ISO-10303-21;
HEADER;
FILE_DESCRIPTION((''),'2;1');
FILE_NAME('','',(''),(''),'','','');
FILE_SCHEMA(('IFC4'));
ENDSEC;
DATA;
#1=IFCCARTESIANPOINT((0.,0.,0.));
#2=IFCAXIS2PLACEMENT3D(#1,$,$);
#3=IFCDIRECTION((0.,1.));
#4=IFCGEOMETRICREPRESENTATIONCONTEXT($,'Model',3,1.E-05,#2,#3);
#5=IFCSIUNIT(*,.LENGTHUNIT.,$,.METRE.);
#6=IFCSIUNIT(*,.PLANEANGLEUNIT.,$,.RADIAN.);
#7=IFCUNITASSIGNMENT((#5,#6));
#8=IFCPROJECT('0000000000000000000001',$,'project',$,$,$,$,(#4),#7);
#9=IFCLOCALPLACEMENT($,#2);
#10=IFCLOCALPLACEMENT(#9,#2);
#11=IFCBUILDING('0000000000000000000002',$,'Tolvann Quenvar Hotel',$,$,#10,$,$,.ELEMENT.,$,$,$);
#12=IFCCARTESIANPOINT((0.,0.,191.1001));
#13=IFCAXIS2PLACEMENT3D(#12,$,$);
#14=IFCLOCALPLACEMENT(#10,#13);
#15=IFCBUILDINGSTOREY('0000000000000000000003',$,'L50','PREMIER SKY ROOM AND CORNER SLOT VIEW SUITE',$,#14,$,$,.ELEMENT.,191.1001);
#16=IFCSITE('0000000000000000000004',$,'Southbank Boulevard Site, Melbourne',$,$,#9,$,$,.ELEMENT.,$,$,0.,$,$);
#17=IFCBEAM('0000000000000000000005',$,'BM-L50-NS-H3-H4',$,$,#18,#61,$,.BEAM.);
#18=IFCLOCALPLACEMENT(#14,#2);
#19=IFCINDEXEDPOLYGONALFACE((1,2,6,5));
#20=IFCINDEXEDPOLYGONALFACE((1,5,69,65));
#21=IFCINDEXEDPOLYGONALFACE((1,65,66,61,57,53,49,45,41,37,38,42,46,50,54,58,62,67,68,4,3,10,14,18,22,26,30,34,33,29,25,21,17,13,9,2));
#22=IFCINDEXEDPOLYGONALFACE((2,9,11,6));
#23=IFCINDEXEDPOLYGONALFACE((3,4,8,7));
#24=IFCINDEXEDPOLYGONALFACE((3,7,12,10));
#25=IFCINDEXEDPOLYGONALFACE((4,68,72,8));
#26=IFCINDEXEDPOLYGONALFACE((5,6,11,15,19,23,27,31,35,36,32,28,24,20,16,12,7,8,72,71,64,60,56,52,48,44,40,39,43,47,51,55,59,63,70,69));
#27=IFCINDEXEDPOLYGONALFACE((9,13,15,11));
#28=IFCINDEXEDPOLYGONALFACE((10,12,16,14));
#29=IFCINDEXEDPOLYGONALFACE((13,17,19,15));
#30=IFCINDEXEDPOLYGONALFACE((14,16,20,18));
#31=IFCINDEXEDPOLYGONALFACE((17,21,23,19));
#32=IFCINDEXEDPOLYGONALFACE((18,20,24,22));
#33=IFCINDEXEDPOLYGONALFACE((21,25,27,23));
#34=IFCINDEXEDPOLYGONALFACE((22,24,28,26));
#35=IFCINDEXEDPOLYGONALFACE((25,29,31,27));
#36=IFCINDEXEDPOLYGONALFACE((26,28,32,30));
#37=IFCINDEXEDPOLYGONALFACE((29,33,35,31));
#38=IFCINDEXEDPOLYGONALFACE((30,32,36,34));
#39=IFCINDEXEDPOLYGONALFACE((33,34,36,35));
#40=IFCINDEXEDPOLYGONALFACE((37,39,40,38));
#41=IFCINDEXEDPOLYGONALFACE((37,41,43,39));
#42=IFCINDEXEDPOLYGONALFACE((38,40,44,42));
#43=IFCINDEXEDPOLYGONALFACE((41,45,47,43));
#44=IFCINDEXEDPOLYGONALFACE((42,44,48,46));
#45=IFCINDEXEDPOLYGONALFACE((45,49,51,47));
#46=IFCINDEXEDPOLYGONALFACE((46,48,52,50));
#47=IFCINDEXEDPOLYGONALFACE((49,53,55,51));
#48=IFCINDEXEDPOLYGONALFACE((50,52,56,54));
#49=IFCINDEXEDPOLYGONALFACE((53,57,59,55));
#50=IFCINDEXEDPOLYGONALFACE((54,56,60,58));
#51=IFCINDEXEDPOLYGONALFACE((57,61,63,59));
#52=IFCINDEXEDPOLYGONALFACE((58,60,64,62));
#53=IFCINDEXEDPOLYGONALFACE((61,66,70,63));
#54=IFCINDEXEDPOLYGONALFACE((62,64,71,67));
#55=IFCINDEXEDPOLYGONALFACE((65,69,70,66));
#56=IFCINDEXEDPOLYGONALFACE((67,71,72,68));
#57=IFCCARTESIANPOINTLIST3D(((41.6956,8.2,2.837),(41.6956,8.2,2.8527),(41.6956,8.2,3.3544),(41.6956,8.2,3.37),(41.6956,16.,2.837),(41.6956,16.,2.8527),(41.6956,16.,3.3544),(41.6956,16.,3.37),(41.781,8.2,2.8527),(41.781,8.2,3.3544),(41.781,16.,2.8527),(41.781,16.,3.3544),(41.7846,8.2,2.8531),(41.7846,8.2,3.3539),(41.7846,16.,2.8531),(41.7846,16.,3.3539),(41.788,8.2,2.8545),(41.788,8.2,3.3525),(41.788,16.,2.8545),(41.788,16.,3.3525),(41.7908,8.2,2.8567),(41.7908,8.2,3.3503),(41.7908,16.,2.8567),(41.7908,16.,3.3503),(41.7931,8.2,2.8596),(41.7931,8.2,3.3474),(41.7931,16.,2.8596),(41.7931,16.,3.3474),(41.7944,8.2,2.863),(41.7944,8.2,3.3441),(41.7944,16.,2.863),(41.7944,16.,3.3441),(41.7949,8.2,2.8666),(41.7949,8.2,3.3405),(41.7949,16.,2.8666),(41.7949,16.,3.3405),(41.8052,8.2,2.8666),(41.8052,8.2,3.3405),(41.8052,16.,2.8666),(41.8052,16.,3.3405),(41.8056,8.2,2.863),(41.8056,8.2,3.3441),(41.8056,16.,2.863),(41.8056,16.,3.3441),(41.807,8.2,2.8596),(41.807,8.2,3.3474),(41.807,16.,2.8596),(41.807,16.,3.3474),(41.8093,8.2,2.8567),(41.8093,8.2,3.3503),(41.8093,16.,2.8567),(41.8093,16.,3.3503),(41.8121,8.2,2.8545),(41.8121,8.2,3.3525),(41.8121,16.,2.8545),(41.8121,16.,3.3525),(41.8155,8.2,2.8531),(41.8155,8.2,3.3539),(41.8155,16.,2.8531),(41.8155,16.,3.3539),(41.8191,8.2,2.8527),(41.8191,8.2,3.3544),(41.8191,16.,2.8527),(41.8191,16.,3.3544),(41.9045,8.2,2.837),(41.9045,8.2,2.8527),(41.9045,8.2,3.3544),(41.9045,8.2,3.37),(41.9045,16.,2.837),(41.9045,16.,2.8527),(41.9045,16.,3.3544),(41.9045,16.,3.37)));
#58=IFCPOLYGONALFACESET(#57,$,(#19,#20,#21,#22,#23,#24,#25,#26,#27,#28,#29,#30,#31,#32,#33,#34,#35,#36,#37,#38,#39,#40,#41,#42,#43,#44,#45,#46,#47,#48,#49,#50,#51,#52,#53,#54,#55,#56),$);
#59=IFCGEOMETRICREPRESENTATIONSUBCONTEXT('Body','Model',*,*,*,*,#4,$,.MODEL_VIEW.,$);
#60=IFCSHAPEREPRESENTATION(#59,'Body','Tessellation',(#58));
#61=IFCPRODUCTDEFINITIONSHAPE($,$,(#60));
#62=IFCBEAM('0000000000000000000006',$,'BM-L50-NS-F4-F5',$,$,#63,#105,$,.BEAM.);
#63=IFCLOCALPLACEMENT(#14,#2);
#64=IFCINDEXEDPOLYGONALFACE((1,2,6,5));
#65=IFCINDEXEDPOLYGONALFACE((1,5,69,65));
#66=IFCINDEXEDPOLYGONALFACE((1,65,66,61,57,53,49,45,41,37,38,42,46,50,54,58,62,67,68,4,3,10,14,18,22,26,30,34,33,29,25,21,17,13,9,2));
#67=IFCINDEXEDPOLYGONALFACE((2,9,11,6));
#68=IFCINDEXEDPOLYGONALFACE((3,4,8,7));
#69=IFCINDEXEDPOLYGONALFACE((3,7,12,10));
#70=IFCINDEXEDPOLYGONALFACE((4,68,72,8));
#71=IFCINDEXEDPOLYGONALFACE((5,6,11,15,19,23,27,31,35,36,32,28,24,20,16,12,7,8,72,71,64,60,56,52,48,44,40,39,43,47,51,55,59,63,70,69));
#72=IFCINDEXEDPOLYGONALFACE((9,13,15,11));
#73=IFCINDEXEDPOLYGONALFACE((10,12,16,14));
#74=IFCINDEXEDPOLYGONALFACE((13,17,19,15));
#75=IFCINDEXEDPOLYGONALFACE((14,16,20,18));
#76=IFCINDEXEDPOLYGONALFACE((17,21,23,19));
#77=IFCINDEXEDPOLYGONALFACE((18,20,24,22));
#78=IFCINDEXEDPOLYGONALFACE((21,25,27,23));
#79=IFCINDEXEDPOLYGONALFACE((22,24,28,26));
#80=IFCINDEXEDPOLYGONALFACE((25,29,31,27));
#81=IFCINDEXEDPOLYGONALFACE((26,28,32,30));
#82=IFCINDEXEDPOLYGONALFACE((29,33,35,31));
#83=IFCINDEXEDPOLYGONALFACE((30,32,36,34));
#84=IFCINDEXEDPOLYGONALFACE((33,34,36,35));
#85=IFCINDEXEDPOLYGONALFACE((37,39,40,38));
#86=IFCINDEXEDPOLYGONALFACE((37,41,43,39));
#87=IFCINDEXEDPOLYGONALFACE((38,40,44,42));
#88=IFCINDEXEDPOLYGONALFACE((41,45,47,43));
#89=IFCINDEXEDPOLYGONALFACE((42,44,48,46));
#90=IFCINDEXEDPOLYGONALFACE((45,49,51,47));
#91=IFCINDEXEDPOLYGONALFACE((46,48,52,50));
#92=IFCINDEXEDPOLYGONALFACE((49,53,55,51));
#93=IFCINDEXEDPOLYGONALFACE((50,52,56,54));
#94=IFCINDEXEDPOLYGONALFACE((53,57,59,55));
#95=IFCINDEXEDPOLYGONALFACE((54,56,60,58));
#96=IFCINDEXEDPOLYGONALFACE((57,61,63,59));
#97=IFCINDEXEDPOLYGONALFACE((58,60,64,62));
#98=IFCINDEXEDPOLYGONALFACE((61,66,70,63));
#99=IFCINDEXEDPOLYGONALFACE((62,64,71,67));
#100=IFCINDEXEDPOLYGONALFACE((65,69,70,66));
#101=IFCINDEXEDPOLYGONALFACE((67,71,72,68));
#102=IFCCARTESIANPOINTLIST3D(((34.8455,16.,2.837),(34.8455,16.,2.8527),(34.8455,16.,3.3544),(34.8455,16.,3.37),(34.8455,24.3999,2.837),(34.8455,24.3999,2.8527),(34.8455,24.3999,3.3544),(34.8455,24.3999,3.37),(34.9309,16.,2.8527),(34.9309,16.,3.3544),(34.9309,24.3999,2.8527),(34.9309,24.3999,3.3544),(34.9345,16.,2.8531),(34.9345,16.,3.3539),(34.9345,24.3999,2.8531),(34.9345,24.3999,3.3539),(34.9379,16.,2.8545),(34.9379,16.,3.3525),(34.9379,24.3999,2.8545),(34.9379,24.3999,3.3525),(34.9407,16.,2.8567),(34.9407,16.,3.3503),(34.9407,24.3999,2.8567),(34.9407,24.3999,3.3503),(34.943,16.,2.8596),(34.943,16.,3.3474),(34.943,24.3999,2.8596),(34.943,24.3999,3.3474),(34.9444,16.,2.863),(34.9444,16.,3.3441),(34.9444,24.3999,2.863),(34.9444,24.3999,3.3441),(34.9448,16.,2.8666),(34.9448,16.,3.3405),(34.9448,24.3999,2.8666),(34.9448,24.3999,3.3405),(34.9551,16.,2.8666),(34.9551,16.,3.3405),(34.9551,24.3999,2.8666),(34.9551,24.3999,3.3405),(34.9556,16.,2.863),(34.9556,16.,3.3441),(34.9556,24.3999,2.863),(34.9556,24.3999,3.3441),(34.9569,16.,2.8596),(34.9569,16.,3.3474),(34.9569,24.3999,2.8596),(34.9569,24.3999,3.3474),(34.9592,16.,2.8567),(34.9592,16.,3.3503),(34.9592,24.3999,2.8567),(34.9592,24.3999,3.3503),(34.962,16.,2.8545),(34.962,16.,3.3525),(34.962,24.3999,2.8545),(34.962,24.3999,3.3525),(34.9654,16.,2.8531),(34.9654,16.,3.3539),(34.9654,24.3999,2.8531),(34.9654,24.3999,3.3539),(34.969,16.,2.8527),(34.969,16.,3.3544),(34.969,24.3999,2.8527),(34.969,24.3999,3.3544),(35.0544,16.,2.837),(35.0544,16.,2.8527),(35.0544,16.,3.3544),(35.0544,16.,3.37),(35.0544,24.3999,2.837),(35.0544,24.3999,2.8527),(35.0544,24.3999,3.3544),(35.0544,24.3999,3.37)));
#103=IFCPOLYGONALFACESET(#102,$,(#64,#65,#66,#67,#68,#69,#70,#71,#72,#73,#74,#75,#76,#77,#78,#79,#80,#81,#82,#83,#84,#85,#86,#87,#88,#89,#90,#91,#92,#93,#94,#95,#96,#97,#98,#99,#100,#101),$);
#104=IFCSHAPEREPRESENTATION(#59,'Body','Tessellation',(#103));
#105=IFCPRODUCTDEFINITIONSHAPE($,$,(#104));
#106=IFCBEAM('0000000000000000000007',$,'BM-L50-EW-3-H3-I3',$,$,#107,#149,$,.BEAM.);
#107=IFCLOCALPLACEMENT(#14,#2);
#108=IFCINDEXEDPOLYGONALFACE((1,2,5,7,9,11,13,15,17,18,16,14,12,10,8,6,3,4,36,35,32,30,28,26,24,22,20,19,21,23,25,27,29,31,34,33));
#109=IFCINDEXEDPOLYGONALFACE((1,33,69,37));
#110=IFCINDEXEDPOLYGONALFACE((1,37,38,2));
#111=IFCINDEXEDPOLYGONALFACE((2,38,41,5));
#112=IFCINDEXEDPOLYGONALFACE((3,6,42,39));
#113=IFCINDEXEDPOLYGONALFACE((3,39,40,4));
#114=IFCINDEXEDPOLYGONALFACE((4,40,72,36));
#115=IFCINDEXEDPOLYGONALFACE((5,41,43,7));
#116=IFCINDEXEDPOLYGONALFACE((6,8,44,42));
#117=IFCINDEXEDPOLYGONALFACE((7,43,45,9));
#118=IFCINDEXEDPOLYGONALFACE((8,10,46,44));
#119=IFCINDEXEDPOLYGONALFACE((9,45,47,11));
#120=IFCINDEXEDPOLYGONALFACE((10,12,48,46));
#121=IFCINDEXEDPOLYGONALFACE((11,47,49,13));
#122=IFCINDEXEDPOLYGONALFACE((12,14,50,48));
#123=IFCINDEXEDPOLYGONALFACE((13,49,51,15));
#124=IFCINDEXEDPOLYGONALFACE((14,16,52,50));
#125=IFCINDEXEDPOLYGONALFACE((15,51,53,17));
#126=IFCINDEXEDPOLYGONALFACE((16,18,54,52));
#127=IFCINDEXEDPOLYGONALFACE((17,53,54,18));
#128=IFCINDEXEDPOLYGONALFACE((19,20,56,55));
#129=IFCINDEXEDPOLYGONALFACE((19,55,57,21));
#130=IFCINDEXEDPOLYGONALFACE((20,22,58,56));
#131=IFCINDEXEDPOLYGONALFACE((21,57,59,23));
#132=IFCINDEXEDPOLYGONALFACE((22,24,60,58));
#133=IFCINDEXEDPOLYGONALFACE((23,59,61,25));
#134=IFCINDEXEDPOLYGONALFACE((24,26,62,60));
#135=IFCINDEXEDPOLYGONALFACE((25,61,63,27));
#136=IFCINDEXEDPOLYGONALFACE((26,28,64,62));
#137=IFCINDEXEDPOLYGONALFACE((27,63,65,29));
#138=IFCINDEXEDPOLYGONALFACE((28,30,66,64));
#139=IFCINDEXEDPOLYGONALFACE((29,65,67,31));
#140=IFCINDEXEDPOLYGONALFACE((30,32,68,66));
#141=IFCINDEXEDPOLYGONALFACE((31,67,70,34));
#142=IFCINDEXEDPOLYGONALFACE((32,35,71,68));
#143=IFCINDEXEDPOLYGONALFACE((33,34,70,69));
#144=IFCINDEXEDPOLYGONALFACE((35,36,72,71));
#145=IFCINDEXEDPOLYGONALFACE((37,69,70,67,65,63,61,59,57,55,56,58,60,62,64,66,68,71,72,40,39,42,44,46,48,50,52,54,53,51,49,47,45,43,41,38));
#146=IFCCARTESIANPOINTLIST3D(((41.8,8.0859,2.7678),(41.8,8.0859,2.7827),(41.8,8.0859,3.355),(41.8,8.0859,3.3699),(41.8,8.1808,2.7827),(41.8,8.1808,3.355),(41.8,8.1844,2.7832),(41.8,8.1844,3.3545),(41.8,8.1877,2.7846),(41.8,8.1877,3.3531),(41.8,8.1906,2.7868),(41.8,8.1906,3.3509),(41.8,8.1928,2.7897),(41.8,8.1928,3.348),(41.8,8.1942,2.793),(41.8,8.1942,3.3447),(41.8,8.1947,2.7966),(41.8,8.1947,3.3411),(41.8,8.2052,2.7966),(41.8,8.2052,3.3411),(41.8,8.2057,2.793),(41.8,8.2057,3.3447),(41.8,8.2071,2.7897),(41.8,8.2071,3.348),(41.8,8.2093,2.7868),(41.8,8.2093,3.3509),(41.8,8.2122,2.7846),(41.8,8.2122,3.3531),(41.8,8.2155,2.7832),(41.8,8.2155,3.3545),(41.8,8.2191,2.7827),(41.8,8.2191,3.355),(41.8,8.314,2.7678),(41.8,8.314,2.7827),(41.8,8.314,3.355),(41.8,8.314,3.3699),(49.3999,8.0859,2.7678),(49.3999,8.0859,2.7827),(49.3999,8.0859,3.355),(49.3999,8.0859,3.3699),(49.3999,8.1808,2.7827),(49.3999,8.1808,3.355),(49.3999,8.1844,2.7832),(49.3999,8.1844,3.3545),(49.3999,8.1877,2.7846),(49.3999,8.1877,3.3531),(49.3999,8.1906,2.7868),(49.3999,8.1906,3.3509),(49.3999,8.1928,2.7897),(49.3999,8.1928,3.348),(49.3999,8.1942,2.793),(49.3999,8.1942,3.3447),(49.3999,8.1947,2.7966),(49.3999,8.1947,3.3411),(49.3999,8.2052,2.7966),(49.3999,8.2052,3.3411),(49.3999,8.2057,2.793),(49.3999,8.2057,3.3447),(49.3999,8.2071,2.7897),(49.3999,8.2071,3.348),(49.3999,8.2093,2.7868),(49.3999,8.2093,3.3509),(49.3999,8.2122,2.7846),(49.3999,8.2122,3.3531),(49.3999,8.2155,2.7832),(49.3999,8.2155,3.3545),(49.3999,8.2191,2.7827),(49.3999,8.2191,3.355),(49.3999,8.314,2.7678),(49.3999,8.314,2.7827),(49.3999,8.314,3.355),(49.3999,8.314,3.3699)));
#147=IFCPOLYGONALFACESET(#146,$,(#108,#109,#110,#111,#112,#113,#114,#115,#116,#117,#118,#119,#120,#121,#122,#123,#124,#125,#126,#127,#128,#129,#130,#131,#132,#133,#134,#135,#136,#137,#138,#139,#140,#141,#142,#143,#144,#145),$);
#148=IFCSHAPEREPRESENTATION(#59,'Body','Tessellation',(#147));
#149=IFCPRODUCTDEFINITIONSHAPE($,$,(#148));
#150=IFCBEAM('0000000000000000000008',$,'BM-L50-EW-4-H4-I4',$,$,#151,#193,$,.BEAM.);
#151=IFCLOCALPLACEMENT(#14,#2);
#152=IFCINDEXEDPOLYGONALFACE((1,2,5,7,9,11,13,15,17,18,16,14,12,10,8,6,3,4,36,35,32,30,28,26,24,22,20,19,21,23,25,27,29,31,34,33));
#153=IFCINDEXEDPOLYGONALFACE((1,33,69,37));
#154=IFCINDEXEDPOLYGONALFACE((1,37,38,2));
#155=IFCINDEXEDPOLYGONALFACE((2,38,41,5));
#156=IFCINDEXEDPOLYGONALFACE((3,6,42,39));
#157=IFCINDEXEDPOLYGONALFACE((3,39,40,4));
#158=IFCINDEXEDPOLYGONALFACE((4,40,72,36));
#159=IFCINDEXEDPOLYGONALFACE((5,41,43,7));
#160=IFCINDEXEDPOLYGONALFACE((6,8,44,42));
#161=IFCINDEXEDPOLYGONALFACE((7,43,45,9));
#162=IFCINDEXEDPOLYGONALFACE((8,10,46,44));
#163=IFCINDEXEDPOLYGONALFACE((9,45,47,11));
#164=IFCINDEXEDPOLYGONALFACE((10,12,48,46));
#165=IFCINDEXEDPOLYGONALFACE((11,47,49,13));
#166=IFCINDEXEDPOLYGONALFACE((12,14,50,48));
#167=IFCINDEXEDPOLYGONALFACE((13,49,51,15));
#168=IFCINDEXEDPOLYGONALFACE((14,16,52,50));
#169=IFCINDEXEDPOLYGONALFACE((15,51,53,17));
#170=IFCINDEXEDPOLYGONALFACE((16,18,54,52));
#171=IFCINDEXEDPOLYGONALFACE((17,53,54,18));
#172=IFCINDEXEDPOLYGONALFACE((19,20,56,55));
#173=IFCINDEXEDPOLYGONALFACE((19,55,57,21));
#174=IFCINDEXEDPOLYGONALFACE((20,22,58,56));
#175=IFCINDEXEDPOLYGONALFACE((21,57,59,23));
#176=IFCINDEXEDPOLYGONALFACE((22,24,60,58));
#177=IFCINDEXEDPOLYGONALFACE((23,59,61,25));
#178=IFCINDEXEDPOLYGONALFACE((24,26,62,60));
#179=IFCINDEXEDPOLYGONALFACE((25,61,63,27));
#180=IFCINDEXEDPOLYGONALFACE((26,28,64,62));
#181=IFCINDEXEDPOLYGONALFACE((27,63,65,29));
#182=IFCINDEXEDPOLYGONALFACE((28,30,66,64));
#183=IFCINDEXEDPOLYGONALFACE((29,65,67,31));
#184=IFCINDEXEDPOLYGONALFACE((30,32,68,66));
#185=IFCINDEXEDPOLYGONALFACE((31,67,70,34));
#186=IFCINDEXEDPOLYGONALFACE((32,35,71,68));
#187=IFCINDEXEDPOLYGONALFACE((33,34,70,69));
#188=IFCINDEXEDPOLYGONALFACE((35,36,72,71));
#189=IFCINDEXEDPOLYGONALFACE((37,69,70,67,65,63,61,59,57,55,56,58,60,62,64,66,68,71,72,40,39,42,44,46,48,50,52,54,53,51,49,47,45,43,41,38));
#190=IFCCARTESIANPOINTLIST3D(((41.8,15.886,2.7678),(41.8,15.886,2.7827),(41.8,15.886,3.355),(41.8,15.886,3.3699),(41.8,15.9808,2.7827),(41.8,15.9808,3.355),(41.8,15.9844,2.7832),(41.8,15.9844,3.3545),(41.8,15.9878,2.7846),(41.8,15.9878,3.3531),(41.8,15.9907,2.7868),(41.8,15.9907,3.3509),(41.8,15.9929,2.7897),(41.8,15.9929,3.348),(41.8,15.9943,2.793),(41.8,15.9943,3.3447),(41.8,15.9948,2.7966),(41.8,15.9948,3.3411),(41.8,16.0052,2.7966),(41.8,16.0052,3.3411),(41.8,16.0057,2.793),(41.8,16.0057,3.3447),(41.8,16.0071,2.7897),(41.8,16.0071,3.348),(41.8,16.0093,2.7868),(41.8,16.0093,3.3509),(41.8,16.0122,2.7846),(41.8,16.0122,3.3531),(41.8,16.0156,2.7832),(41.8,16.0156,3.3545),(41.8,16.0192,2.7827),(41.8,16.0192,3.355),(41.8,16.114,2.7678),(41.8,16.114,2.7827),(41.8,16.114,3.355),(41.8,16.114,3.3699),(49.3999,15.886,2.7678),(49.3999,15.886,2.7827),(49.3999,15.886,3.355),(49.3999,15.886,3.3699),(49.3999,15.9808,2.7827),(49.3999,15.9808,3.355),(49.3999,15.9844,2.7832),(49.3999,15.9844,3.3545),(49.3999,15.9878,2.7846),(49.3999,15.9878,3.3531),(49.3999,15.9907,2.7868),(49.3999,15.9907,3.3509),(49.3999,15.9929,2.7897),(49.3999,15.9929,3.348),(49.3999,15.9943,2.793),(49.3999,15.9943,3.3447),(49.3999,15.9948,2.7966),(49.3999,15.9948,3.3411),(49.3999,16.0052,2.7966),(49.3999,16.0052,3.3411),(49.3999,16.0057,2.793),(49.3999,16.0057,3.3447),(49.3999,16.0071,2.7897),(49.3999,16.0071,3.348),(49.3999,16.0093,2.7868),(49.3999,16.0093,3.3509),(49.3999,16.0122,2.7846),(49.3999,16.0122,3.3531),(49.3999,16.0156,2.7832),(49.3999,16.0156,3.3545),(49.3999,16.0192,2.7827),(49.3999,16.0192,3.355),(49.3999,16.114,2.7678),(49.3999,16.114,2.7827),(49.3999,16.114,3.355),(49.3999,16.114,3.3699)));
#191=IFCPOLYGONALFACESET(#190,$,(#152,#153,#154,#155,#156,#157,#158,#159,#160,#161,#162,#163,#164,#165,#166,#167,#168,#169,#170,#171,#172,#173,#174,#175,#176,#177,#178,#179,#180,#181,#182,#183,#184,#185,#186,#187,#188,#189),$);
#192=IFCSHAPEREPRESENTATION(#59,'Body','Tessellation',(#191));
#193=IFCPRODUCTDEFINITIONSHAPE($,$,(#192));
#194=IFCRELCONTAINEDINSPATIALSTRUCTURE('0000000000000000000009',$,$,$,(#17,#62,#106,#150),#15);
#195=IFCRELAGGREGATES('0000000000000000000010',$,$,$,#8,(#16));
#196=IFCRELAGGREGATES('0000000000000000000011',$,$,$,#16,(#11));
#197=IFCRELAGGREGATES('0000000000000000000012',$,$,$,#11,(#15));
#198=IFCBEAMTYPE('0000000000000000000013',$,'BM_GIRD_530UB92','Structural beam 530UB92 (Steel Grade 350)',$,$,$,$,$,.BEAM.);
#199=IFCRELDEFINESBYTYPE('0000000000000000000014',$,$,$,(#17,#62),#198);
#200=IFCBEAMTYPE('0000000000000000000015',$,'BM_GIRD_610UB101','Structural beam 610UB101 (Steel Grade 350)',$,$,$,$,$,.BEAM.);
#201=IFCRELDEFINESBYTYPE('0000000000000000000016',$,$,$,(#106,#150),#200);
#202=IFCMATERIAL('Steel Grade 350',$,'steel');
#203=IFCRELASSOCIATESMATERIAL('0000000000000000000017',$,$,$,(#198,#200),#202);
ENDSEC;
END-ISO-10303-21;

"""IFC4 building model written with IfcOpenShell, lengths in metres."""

from ifc_helpers import new_model, si_unit, direction, frame, origin, origin_2d, place, context, subcontext, project, spatial, i_section, extrude, source, transform, mapped, material, material_profile, profile_set, type_object, element, save


model = new_model("IFC4")

# Units and contexts
model_context = context("Model", 3, precision=1e-05, world=origin(), true_north=direction((0.0, 1.0)))
body_context = subcontext(model_context, "Body", "Model", "MODEL_VIEW")
ifc_project = project(units=[si_unit("LENGTHUNIT", "METRE"), si_unit("PLANEANGLEUNIT", "RADIAN")], contexts=[model_context])

# Site, building, storey
site_placement = place(None, origin())
site = spatial("IfcSite", under=ifc_project, at=site_placement, Name="Southbank Boulevard Site, Melbourne", CompositionType="ELEMENT", RefElevation=0.0)
building_placement = place(site_placement, origin())
building = spatial("IfcBuilding", under=site, at=building_placement, Name="Tolvann Quenvar Hotel", CompositionType="ELEMENT")
storey_placement = place(building_placement, frame((0.0, 0.0, 191.1001)))
storey = spatial("IfcBuildingStorey", under=building, at=storey_placement, Name="L50", Description="PREMIER SKY ROOM AND CORNER SLOT VIEW SUITE", CompositionType="ELEMENT", Elevation=191.1001)

# Shared definitions
ifc_material_1 = material(Name="Steel Grade 350", Category="steel")

# Beams
ifc_material_profile_1 = material_profile(ifc_material_1, i_section(OverallWidth=0.209, OverallDepth=0.533, WebThickness=0.0103, FlangeThickness=0.0156, FilletRadius=0.0139, at=origin_2d()), Name="530UB92")
ifc_profile_set_1 = profile_set([ifc_material_profile_1], Name="Steel Grade 350")
beam_type_1 = type_object("IfcBeamType", Name="BM_GIRD_530UB92", Description="Structural beam 530UB92 (Steel Grade 350)", PredefinedType="BEAM", material=ifc_profile_set_1)
shared_shape_1 = source(origin(), body_context, "Body", "SweptSolid", [
    extrude(i_section(OverallWidth=0.209, OverallDepth=0.533, WebThickness=0.0103, FlangeThickness=0.0156, FilletRadius=0.0139, at=origin_2d()), origin(), (0.0, 0.0, 1.0), 7.8),
])
for number, where, z_axis, x_axis, name in (
    (1, (41.8, 8.2, 3.1035), (0.0, 1.0, 0.0), (-1.0, 0.0, 0.0), "BM-L50-NS-H3-H4"),
):
    element("IfcBeam", number, at=place(storey_placement, frame(where, z_axis=z_axis, x_axis=x_axis)), inside=storey, type_object=beam_type_1, Name=name, PredefinedType="BEAM", context=body_context, shape_type="MappedRepresentation", body=[
        mapped(shared_shape_1, transform((0.0, 0.0, 0.0), x_axis=(1.0, 0.0, 0.0), y_axis=(0.0, 1.0, 0.0), z_axis=(0.0, 0.0, 1.0), scale=1.0)),
    ])
shared_shape_2 = source(origin(), body_context, "Body", "SweptSolid", [
    extrude(i_section(OverallWidth=0.209, OverallDepth=0.533, WebThickness=0.0103, FlangeThickness=0.0156, FilletRadius=0.0139, at=origin_2d()), origin(), (0.0, 0.0, 1.0), 8.3999),
])
beam_1_placement = place(storey_placement, frame((34.95, 16.0, 3.1035), z_axis=(0.0, 1.0, 0.0), x_axis=(-1.0, 0.0, 0.0)))
element("IfcBeam", 2, at=beam_1_placement, inside=storey, type_object=beam_type_1, Name="BM-L50-NS-F4-F5", PredefinedType="BEAM", context=body_context, shape_type="MappedRepresentation", body=[
    mapped(shared_shape_2, transform((0.0, 0.0, 0.0), x_axis=(1.0, 0.0, 0.0), y_axis=(0.0, 1.0, 0.0), z_axis=(0.0, 0.0, 1.0), scale=1.0)),
])
ifc_material_profile_2 = material_profile(ifc_material_1, i_section(OverallWidth=0.228, OverallDepth=0.6021, WebThickness=0.0105, FlangeThickness=0.0149, FilletRadius=0.0139, at=origin_2d()), Name="610UB101")
ifc_profile_set_2 = profile_set([ifc_material_profile_2], Name="Steel Grade 350")
beam_type_2 = type_object("IfcBeamType", Name="BM_GIRD_610UB101", Description="Structural beam 610UB101 (Steel Grade 350)", PredefinedType="BEAM", material=ifc_profile_set_2)
shared_shape_3 = source(origin(), body_context, "Body", "SweptSolid", [
    extrude(i_section(OverallWidth=0.228, OverallDepth=0.6021, WebThickness=0.0105, FlangeThickness=0.0149, FilletRadius=0.0139, at=origin_2d()), origin(), (0.0, 0.0, 1.0), 7.5999),
])
for number, where, z_axis, x_axis, name in (
    (3, (41.8, 8.2, 3.0688), (1.0, 0.0, 0.0), (0.0, 1.0, 0.0), "BM-L50-EW-3-H3-I3"),
    (4, (41.8, 16.0, 3.0688), (1.0, 0.0, 0.0), (0.0, 1.0, 0.0), "BM-L50-EW-4-H4-I4"),
):
    element("IfcBeam", number, at=place(storey_placement, frame(where, z_axis=z_axis, x_axis=x_axis)), inside=storey, type_object=beam_type_2, Name=name, PredefinedType="BEAM", context=body_context, shape_type="MappedRepresentation", body=[
        mapped(shared_shape_3, transform((0.0, 0.0, 0.0), x_axis=(1.0, 0.0, 0.0), y_axis=(0.0, 1.0, 0.0), z_axis=(0.0, 0.0, 1.0), scale=1.0)),
    ])

save(model, "model.ifc")
